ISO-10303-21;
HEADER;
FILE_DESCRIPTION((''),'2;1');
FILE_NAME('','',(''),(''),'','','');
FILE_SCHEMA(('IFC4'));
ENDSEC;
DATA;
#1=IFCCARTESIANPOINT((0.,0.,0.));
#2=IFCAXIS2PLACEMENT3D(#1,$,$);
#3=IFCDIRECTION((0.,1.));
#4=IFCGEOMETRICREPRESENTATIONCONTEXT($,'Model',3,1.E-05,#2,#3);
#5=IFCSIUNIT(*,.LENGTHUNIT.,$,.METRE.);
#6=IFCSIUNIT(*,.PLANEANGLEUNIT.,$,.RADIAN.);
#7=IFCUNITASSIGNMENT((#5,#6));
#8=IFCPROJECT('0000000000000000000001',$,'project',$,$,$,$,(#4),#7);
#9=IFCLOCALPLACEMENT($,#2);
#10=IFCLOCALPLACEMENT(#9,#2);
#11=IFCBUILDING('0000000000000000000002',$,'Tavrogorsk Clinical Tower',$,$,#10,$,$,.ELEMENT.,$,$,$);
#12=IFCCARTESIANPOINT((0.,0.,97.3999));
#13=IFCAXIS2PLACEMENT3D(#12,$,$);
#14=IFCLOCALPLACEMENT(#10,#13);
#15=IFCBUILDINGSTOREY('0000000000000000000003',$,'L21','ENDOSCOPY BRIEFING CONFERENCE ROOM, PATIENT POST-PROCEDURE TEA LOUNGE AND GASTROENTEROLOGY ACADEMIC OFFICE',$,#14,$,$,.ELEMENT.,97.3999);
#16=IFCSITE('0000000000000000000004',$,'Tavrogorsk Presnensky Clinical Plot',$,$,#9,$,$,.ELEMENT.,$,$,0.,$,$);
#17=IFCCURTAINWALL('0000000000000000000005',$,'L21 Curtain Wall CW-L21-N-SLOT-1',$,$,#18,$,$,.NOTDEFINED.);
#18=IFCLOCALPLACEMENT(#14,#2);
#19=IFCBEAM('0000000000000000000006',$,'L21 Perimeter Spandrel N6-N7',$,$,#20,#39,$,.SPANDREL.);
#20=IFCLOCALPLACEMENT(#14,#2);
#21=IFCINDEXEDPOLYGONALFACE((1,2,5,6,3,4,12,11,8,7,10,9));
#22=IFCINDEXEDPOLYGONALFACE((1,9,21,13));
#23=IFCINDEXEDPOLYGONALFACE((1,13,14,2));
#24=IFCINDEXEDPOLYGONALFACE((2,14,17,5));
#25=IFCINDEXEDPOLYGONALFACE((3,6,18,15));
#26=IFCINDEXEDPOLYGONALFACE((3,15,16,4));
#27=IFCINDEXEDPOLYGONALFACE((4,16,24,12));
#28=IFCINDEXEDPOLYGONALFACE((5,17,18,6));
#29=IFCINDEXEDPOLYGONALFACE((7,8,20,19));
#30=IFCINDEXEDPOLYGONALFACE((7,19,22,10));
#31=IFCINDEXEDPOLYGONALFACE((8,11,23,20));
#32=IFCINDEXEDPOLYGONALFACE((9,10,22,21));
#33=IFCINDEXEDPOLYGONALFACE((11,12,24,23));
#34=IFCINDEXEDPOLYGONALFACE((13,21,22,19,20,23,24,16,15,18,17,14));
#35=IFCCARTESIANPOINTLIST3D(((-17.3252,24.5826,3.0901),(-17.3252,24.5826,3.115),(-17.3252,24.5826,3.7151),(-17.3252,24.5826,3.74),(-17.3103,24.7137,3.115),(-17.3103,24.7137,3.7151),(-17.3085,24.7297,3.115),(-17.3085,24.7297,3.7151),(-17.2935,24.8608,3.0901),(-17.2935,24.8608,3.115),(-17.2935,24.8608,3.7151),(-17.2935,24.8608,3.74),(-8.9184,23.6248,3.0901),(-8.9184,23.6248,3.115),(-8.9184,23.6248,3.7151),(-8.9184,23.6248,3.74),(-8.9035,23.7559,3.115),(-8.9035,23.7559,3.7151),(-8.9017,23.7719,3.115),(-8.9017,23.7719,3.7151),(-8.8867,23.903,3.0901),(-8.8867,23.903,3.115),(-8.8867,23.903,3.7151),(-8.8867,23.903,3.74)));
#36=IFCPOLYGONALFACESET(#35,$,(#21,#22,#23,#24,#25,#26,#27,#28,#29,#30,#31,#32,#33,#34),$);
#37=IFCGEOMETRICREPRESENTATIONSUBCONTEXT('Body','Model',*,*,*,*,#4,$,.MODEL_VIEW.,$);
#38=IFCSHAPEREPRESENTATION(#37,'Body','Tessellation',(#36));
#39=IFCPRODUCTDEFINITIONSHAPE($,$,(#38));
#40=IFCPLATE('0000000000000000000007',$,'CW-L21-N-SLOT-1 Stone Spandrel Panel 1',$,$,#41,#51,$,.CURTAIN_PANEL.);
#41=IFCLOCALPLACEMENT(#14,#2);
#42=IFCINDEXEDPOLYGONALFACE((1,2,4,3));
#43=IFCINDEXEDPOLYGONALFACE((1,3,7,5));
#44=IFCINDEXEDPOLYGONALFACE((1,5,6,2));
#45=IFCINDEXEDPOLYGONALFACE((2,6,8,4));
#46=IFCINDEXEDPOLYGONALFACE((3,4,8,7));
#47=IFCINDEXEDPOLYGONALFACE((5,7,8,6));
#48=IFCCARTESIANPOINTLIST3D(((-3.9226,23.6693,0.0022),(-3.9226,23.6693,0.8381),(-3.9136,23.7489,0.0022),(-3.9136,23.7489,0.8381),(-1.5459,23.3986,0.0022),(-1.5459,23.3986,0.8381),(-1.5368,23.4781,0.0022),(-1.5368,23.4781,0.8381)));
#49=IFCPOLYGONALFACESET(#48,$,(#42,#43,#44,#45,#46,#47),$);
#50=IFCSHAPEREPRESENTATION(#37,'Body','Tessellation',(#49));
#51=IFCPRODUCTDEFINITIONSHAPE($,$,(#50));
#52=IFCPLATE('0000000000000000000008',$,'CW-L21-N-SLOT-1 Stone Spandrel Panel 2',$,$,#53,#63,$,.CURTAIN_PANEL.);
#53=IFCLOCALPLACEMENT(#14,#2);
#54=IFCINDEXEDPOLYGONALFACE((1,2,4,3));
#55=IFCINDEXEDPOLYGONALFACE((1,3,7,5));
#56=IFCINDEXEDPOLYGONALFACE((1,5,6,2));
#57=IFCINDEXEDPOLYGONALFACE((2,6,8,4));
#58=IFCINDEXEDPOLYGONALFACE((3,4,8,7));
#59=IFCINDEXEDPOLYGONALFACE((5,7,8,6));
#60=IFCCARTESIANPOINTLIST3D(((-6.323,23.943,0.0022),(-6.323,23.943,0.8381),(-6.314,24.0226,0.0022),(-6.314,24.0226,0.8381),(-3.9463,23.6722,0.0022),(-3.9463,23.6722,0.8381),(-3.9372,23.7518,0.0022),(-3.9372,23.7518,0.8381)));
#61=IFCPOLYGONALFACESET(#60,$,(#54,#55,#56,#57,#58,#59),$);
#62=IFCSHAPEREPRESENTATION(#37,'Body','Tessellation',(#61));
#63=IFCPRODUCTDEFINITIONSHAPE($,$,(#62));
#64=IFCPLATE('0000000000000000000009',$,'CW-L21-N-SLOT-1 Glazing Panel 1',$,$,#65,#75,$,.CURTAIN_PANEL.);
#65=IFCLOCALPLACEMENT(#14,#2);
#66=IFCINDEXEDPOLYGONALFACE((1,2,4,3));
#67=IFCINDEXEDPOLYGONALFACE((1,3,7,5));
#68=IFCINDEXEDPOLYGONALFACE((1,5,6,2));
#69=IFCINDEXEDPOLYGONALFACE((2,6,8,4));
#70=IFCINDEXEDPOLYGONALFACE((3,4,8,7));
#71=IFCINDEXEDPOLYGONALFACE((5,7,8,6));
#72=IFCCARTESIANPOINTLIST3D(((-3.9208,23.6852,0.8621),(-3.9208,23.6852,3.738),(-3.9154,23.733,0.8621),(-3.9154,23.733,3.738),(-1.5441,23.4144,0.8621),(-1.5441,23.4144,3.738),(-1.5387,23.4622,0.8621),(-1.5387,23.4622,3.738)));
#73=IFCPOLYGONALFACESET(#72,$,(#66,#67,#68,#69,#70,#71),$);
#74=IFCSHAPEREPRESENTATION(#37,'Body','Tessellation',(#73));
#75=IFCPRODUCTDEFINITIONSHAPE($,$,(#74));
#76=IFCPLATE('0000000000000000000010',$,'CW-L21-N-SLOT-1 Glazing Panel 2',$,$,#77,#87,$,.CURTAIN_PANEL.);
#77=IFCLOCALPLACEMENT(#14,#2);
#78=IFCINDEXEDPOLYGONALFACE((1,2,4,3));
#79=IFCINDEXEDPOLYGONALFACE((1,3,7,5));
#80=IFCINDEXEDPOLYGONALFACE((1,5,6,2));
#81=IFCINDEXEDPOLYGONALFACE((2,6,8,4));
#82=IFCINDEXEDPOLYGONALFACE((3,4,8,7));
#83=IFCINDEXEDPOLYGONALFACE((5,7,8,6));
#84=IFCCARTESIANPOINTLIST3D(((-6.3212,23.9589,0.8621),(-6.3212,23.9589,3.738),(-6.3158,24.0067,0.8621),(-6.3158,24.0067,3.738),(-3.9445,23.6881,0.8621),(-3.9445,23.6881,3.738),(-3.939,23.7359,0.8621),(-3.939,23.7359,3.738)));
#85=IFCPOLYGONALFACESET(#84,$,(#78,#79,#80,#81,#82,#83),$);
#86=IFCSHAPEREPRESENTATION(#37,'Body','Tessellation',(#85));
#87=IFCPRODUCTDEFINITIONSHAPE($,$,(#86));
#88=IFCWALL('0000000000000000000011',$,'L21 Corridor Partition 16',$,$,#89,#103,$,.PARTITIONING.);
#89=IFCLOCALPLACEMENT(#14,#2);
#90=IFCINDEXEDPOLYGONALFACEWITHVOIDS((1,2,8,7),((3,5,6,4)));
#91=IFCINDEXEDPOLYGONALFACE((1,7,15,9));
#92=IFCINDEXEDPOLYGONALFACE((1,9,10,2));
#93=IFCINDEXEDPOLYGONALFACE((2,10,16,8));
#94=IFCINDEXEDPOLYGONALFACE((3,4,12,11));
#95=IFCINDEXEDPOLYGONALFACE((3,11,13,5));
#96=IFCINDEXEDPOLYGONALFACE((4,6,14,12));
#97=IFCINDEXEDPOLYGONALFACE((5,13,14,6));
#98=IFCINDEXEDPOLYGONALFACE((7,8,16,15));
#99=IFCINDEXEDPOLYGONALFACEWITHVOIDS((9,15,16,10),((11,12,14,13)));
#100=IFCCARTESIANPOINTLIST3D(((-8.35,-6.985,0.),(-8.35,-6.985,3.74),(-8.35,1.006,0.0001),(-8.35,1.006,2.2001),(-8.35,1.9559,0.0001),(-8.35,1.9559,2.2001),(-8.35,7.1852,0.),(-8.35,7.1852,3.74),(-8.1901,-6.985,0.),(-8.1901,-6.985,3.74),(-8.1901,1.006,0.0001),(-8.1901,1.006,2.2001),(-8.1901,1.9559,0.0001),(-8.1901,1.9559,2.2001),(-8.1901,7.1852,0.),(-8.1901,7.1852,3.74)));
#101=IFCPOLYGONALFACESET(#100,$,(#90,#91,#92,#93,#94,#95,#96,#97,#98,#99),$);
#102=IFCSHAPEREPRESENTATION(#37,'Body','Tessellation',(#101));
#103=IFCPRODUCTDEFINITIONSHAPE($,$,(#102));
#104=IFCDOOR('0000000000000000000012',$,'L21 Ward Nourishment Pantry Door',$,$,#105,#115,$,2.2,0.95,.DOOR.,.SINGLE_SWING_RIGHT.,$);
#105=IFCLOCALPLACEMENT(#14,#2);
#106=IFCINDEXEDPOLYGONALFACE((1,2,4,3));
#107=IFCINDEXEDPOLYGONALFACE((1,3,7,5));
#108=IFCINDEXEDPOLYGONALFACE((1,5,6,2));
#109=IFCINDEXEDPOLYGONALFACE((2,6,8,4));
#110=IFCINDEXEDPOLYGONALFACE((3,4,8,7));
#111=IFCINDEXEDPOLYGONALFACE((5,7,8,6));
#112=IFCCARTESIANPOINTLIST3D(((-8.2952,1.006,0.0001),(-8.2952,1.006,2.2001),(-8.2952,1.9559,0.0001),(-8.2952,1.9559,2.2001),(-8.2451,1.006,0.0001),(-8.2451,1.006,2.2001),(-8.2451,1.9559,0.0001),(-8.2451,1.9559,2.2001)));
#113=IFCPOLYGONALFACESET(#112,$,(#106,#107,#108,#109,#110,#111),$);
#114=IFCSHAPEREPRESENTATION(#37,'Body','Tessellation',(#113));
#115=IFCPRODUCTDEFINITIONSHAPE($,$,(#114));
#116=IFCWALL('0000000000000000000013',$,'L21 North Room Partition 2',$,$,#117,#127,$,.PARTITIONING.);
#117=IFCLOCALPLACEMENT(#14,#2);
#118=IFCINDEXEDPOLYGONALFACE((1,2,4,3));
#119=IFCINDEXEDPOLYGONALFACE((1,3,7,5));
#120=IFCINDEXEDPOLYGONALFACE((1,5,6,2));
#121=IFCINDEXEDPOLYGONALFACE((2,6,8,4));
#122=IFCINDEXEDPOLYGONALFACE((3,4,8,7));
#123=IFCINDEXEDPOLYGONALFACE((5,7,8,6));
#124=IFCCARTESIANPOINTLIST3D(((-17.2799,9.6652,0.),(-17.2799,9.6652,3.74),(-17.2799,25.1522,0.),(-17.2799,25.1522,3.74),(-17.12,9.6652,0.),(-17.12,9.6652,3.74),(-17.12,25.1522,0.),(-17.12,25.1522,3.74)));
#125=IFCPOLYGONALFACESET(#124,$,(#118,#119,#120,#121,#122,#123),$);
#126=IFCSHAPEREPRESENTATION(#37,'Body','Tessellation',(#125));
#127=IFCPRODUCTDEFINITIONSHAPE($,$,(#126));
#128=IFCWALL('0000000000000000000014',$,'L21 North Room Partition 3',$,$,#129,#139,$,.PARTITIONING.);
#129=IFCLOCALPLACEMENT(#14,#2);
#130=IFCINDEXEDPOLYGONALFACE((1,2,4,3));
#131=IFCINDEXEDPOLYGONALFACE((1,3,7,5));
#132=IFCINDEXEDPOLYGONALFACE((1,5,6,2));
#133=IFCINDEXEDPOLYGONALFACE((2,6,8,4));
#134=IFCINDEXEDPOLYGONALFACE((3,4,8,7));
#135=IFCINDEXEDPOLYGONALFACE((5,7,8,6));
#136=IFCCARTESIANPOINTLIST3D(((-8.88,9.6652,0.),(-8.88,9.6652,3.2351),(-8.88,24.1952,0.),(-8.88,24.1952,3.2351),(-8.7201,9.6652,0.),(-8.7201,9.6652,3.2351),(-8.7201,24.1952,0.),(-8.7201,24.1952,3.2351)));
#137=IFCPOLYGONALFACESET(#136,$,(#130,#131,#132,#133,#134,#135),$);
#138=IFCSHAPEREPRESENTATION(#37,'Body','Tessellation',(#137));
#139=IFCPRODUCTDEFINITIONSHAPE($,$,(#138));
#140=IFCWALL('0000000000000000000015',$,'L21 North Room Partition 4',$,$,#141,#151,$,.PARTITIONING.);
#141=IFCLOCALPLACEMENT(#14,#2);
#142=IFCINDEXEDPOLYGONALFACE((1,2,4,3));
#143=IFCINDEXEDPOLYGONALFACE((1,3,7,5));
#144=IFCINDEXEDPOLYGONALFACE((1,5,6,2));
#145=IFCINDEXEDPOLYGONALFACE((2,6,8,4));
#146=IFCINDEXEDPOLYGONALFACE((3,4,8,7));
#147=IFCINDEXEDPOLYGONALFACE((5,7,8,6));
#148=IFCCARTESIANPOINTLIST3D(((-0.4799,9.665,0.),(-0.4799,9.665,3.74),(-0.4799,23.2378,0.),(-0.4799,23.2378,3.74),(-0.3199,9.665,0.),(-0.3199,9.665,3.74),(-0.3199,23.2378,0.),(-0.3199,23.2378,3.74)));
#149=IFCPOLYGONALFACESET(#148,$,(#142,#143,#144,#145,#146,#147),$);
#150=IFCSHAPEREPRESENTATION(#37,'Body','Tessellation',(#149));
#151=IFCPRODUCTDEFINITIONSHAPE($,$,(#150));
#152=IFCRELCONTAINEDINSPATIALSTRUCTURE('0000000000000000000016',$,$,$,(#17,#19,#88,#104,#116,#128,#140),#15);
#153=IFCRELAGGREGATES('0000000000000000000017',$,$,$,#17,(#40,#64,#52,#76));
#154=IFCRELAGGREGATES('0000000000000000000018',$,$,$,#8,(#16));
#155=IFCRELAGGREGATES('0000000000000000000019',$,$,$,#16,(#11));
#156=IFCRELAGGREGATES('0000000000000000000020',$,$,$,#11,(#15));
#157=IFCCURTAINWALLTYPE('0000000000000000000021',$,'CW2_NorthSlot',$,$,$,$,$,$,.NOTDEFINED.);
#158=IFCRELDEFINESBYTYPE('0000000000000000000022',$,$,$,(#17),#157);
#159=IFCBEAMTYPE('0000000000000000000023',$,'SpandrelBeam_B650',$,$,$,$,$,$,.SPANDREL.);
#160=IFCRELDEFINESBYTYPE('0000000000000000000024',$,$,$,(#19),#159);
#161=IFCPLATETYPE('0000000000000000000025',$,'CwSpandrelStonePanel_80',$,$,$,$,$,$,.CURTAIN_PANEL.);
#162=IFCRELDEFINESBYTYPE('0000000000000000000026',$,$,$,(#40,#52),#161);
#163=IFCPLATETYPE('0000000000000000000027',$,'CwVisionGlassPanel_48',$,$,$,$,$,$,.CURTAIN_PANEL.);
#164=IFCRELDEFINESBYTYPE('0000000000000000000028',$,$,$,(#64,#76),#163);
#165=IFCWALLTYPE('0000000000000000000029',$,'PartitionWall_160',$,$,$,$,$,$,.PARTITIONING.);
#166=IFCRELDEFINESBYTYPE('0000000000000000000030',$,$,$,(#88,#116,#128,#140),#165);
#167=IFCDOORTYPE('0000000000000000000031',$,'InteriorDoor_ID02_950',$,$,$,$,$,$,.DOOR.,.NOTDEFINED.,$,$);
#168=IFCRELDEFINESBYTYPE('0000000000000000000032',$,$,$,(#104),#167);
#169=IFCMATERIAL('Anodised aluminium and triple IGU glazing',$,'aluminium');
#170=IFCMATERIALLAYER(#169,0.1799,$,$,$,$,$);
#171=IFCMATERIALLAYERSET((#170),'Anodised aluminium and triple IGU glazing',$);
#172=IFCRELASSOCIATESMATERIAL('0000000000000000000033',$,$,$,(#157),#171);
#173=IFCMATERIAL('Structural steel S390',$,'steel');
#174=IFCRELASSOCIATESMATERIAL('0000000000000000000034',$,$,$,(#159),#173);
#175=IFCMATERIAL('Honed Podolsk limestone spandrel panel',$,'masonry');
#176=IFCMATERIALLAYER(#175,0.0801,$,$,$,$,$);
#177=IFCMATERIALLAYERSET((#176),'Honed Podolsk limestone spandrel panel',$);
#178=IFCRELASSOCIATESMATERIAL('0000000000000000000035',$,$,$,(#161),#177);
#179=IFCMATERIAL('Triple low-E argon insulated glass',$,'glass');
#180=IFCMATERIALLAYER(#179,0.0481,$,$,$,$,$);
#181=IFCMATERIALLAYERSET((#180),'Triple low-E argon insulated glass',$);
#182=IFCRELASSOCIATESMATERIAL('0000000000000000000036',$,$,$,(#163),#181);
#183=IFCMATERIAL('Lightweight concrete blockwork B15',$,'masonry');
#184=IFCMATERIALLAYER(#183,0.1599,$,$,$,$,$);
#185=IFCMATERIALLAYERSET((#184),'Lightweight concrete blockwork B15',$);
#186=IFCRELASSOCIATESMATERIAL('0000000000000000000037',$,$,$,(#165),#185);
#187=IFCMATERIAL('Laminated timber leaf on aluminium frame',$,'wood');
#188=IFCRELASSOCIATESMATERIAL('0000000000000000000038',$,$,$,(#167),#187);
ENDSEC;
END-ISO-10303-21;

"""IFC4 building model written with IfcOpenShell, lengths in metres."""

from ifc_helpers import new_model, si_unit, direction, frame, frame_2d, origin, origin_2d, place, context, subcontext, project, spatial, rectangle, i_section, extrude, material, layer, layer_set, material_profile, profile_set, type_object, element, fill, aggregate, save


model = new_model("IFC4")

# Units and contexts
model_context = context("Model", 3, precision=1e-05, world=origin(), true_north=direction((0.0, 1.0)))
body_context = subcontext(model_context, "Body", "Model", "MODEL_VIEW")
ifc_project = project(units=[si_unit("LENGTHUNIT", "METRE"), si_unit("PLANEANGLEUNIT", "RADIAN")], contexts=[model_context])

# Site, building, storey
site_placement = place(None, origin())
site = spatial("IfcSite", under=ifc_project, at=site_placement, Name="Tavrogorsk Presnensky Clinical Plot", CompositionType="ELEMENT", RefElevation=0.0)
building_placement = place(site_placement, origin())
building = spatial("IfcBuilding", under=site, at=building_placement, Name="Tavrogorsk Clinical Tower", CompositionType="ELEMENT")
storey_placement = place(building_placement, frame((0.0, 0.0, 97.3999)))
storey = spatial("IfcBuildingStorey", under=building, at=storey_placement, Name="L21", Description="ENDOSCOPY BRIEFING CONFERENCE ROOM, PATIENT POST-PROCEDURE TEA LOUNGE AND GASTROENTEROLOGY ACADEMIC OFFICE", CompositionType="ELEMENT", Elevation=97.3999)

# Curtain wall
ifc_material_1 = material(Name="Anodised aluminium and triple IGU glazing", Category="aluminium")
ifc_layer_1 = layer(ifc_material_1, 0.1799)
ifc_layer_set_1 = layer_set([ifc_layer_1], Name="Anodised aluminium and triple IGU glazing")
curtain_wall_type = type_object("IfcCurtainWallType", Name="CW2_NorthSlot", PredefinedType="NOTDEFINED", material=ifc_layer_set_1)
curtain_wall_placement = place(storey_placement, origin())
curtain_wall = element("IfcCurtainWall", 1, at=curtain_wall_placement, inside=storey, type_object=curtain_wall_type, Name="L21 Curtain Wall CW-L21-N-SLOT-1", PredefinedType="NOTDEFINED")

# Beam
ifc_material_2 = material(Name="Structural steel S390", Category="steel")
ifc_material_profile_1 = material_profile(ifc_material_2, i_section(OverallWidth=0.28, OverallDepth=0.6499, WebThickness=0.0161, FlangeThickness=0.0249, at=origin_2d()), Name="B-650x280x16x25")
ifc_profile_set_1 = profile_set([ifc_material_profile_1], Name="Structural steel S390")
beam_type_1 = type_object("IfcBeamType", Name="SpandrelBeam_B650", PredefinedType="SPANDREL", material=ifc_profile_set_1)
beam_1_placement = place(storey_placement, frame((-8.9026, 23.7639, 3.415), z_axis=(-0.993573, 0.113196, 0.0), x_axis=(-0.113196, -0.993573, 0.0)))
element("IfcBeam", 2, at=beam_1_placement, inside=storey, type_object=beam_type_1, Name="L21 Perimeter Spandrel N6-N7", PredefinedType="SPANDREL", context=body_context, shape_type="SweptSolid", body=[
    extrude(i_section(OverallWidth=0.28, OverallDepth=0.6499, WebThickness=0.0161, FlangeThickness=0.0249, at=origin_2d()), origin(), (0.0, 0.0, 1.0), 8.4612),
])

# Plates
ifc_material_3 = material(Name="Honed Podolsk limestone spandrel panel", Category="masonry")
ifc_layer_2 = layer(ifc_material_3, 0.0801)
ifc_layer_set_2 = layer_set([ifc_layer_2], Name="Honed Podolsk limestone spandrel panel")
plate_type_1 = type_object("IfcPlateType", Name="CwSpandrelStonePanel_80", PredefinedType="CURTAIN_PANEL", material=ifc_layer_set_2)
plate_1_placement = place(storey_placement, frame((-2.7297, 23.5737, 0.0022), z_axis=(0.0, 0.0, 1.0), x_axis=(-0.993572, 0.113203, 0.0)))
plate_1 = element("IfcPlate", 3, at=plate_1_placement, type_object=plate_type_1, Name="CW-L21-N-SLOT-1 Stone Spandrel Panel 1", PredefinedType="CURTAIN_PANEL", context=body_context, shape_type="SweptSolid", body=[
    extrude(rectangle(XDim=2.3921, YDim=0.0801, at=origin_2d()), origin(), (0.0, 0.0, 1.0), 0.8359),
])
plate_2_placement = place(storey_placement, frame((-5.1301, 23.8474, 0.0022), z_axis=(0.0, 0.0, 1.0), x_axis=(-0.993572, 0.113203, 0.0)))
plate_2 = element("IfcPlate", 4, at=plate_2_placement, type_object=plate_type_1, Name="CW-L21-N-SLOT-1 Stone Spandrel Panel 2", PredefinedType="CURTAIN_PANEL", context=body_context, shape_type="SweptSolid", body=[
    extrude(rectangle(XDim=2.3921, YDim=0.0801, at=origin_2d()), origin(), (0.0, 0.0, 1.0), 0.8359),
])
ifc_material_4 = material(Name="Triple low-E argon insulated glass", Category="glass")
ifc_layer_3 = layer(ifc_material_4, 0.0481)
ifc_layer_set_3 = layer_set([ifc_layer_3], Name="Triple low-E argon insulated glass")
plate_type_2 = type_object("IfcPlateType", Name="CwVisionGlassPanel_48", PredefinedType="CURTAIN_PANEL", material=ifc_layer_set_3)
plate_3_placement = place(storey_placement, frame((-2.7297, 23.5737, 0.8621), z_axis=(0.0, 0.0, 1.0), x_axis=(-0.993572, 0.113203, 0.0)))
plate_3 = element("IfcPlate", 5, at=plate_3_placement, type_object=plate_type_2, Name="CW-L21-N-SLOT-1 Glazing Panel 1", PredefinedType="CURTAIN_PANEL", context=body_context, shape_type="SweptSolid", body=[
    extrude(rectangle(XDim=2.3921, YDim=0.0481, at=origin_2d()), origin(), (0.0, 0.0, 1.0), 2.876),
])
plate_4_placement = place(storey_placement, frame((-5.1301, 23.8474, 0.8621), z_axis=(0.0, 0.0, 1.0), x_axis=(-0.993572, 0.113203, 0.0)))
plate_4 = element("IfcPlate", 6, at=plate_4_placement, type_object=plate_type_2, Name="CW-L21-N-SLOT-1 Glazing Panel 2", PredefinedType="CURTAIN_PANEL", context=body_context, shape_type="SweptSolid", body=[
    extrude(rectangle(XDim=2.3921, YDim=0.0481, at=origin_2d()), origin(), (0.0, 0.0, 1.0), 2.876),
])
aggregate(curtain_wall, [plate_1, plate_3, plate_2, plate_4])

# Wall, opening, door
ifc_material_5 = material(Name="Lightweight concrete blockwork B15", Category="masonry")
ifc_layer_4 = layer(ifc_material_5, 0.1599)
ifc_layer_set_4 = layer_set([ifc_layer_4], Name="Lightweight concrete blockwork B15")
wall_type_1 = type_object("IfcWallType", Name="PartitionWall_160", PredefinedType="PARTITIONING", material=ifc_layer_set_4)
wall_1_placement = place(storey_placement, frame((-8.27, 7.1851, 0.0), z_axis=(0.0, 0.0, 1.0), x_axis=(0.0, -1.0, 0.0)))
wall_1 = element("IfcWall", 7, at=wall_1_placement, inside=storey, type_object=wall_type_1, Name="L21 Corridor Partition 16", PredefinedType="PARTITIONING", context=body_context, shape_type="SweptSolid", body=[
    extrude(rectangle(XDim=14.1702, YDim=0.1599, at=frame_2d((7.085, 0.0))), origin(), (0.0, 0.0, 1.0), 3.74),
])
opening_1_placement = place(wall_1_placement, frame((5.229, 0.0, 0.0)))
opening_1 = element("IfcOpeningElement", 8, at=opening_1_placement, cuts=wall_1, PredefinedType="OPENING", context=body_context, shape_type="SweptSolid", body=[
    extrude(rectangle(XDim=0.95, YDim=2.2, at=frame_2d((0.4751, 1.1001))), frame((0.0, 0.0898, 0.0), z_axis=(0.0, -1.0, 0.0), x_axis=(1.0, 0.0, 0.0)), (0.0, 0.0, 1.0), 0.1799),
])
ifc_material_6 = material(Name="Laminated timber leaf on aluminium frame", Category="wood")
door_type = type_object("IfcDoorType", Name="InteriorDoor_ID02_950", OperationType="NOTDEFINED", PredefinedType="DOOR", material=ifc_material_6)
door_placement = place(opening_1_placement, origin())
door = element("IfcDoor", 9, at=door_placement, inside=storey, type_object=door_type, Name="L21 Ward Nourishment Pantry Door", OperationType="SINGLE_SWING_RIGHT", OverallHeight=2.2, OverallWidth=0.95, PredefinedType="DOOR", context=body_context, shape_type="SweptSolid", body=[
    extrude(rectangle(XDim=0.95, YDim=2.2, at=frame_2d((0.4751, 1.1001))), frame((0.0, 0.0249, 0.0), z_axis=(0.0, -1.0, 0.0), x_axis=(1.0, 0.0, 0.0)), (0.0, 0.0, 1.0), 0.05),
])
fill(opening_1, door)

# Walls
wall_2_placement = place(storey_placement, frame((-17.2, 9.665, 0.0), z_axis=(0.0, 0.0, 1.0), x_axis=(0.0, 1.0, 0.0)))
element("IfcWall", 10, at=wall_2_placement, inside=storey, type_object=wall_type_1, Name="L21 North Room Partition 2", PredefinedType="PARTITIONING", context=body_context, shape_type="SweptSolid", body=[
    extrude(rectangle(XDim=15.4871, YDim=0.1599, at=frame_2d((7.7437, 0.0))), origin(), (0.0, 0.0, 1.0), 3.74),
])
wall_3_placement = place(storey_placement, frame((-8.8, 9.665, 0.0), z_axis=(0.0, 0.0, 1.0), x_axis=(0.0, 1.0, 0.0)))
element("IfcWall", 11, at=wall_3_placement, inside=storey, type_object=wall_type_1, Name="L21 North Room Partition 3", PredefinedType="PARTITIONING", context=body_context, shape_type="SweptSolid", body=[
    extrude(rectangle(XDim=14.53, YDim=0.1599, at=frame_2d((7.2651, 0.0))), origin(), (0.0, 0.0, 1.0), 3.2351),
])
wall_4_placement = place(storey_placement, frame((-0.3999, 9.665, 0.0), z_axis=(0.0, 0.0, 1.0), x_axis=(0.0, 1.0, 0.0)))
element("IfcWall", 12, at=wall_4_placement, inside=storey, type_object=wall_type_1, Name="L21 North Room Partition 4", PredefinedType="PARTITIONING", context=body_context, shape_type="SweptSolid", body=[
    extrude(rectangle(XDim=13.5728, YDim=0.1599, at=frame_2d((6.7864, 0.0))), origin(), (0.0, 0.0, 1.0), 3.74),
])

save(model, "model.ifc")
